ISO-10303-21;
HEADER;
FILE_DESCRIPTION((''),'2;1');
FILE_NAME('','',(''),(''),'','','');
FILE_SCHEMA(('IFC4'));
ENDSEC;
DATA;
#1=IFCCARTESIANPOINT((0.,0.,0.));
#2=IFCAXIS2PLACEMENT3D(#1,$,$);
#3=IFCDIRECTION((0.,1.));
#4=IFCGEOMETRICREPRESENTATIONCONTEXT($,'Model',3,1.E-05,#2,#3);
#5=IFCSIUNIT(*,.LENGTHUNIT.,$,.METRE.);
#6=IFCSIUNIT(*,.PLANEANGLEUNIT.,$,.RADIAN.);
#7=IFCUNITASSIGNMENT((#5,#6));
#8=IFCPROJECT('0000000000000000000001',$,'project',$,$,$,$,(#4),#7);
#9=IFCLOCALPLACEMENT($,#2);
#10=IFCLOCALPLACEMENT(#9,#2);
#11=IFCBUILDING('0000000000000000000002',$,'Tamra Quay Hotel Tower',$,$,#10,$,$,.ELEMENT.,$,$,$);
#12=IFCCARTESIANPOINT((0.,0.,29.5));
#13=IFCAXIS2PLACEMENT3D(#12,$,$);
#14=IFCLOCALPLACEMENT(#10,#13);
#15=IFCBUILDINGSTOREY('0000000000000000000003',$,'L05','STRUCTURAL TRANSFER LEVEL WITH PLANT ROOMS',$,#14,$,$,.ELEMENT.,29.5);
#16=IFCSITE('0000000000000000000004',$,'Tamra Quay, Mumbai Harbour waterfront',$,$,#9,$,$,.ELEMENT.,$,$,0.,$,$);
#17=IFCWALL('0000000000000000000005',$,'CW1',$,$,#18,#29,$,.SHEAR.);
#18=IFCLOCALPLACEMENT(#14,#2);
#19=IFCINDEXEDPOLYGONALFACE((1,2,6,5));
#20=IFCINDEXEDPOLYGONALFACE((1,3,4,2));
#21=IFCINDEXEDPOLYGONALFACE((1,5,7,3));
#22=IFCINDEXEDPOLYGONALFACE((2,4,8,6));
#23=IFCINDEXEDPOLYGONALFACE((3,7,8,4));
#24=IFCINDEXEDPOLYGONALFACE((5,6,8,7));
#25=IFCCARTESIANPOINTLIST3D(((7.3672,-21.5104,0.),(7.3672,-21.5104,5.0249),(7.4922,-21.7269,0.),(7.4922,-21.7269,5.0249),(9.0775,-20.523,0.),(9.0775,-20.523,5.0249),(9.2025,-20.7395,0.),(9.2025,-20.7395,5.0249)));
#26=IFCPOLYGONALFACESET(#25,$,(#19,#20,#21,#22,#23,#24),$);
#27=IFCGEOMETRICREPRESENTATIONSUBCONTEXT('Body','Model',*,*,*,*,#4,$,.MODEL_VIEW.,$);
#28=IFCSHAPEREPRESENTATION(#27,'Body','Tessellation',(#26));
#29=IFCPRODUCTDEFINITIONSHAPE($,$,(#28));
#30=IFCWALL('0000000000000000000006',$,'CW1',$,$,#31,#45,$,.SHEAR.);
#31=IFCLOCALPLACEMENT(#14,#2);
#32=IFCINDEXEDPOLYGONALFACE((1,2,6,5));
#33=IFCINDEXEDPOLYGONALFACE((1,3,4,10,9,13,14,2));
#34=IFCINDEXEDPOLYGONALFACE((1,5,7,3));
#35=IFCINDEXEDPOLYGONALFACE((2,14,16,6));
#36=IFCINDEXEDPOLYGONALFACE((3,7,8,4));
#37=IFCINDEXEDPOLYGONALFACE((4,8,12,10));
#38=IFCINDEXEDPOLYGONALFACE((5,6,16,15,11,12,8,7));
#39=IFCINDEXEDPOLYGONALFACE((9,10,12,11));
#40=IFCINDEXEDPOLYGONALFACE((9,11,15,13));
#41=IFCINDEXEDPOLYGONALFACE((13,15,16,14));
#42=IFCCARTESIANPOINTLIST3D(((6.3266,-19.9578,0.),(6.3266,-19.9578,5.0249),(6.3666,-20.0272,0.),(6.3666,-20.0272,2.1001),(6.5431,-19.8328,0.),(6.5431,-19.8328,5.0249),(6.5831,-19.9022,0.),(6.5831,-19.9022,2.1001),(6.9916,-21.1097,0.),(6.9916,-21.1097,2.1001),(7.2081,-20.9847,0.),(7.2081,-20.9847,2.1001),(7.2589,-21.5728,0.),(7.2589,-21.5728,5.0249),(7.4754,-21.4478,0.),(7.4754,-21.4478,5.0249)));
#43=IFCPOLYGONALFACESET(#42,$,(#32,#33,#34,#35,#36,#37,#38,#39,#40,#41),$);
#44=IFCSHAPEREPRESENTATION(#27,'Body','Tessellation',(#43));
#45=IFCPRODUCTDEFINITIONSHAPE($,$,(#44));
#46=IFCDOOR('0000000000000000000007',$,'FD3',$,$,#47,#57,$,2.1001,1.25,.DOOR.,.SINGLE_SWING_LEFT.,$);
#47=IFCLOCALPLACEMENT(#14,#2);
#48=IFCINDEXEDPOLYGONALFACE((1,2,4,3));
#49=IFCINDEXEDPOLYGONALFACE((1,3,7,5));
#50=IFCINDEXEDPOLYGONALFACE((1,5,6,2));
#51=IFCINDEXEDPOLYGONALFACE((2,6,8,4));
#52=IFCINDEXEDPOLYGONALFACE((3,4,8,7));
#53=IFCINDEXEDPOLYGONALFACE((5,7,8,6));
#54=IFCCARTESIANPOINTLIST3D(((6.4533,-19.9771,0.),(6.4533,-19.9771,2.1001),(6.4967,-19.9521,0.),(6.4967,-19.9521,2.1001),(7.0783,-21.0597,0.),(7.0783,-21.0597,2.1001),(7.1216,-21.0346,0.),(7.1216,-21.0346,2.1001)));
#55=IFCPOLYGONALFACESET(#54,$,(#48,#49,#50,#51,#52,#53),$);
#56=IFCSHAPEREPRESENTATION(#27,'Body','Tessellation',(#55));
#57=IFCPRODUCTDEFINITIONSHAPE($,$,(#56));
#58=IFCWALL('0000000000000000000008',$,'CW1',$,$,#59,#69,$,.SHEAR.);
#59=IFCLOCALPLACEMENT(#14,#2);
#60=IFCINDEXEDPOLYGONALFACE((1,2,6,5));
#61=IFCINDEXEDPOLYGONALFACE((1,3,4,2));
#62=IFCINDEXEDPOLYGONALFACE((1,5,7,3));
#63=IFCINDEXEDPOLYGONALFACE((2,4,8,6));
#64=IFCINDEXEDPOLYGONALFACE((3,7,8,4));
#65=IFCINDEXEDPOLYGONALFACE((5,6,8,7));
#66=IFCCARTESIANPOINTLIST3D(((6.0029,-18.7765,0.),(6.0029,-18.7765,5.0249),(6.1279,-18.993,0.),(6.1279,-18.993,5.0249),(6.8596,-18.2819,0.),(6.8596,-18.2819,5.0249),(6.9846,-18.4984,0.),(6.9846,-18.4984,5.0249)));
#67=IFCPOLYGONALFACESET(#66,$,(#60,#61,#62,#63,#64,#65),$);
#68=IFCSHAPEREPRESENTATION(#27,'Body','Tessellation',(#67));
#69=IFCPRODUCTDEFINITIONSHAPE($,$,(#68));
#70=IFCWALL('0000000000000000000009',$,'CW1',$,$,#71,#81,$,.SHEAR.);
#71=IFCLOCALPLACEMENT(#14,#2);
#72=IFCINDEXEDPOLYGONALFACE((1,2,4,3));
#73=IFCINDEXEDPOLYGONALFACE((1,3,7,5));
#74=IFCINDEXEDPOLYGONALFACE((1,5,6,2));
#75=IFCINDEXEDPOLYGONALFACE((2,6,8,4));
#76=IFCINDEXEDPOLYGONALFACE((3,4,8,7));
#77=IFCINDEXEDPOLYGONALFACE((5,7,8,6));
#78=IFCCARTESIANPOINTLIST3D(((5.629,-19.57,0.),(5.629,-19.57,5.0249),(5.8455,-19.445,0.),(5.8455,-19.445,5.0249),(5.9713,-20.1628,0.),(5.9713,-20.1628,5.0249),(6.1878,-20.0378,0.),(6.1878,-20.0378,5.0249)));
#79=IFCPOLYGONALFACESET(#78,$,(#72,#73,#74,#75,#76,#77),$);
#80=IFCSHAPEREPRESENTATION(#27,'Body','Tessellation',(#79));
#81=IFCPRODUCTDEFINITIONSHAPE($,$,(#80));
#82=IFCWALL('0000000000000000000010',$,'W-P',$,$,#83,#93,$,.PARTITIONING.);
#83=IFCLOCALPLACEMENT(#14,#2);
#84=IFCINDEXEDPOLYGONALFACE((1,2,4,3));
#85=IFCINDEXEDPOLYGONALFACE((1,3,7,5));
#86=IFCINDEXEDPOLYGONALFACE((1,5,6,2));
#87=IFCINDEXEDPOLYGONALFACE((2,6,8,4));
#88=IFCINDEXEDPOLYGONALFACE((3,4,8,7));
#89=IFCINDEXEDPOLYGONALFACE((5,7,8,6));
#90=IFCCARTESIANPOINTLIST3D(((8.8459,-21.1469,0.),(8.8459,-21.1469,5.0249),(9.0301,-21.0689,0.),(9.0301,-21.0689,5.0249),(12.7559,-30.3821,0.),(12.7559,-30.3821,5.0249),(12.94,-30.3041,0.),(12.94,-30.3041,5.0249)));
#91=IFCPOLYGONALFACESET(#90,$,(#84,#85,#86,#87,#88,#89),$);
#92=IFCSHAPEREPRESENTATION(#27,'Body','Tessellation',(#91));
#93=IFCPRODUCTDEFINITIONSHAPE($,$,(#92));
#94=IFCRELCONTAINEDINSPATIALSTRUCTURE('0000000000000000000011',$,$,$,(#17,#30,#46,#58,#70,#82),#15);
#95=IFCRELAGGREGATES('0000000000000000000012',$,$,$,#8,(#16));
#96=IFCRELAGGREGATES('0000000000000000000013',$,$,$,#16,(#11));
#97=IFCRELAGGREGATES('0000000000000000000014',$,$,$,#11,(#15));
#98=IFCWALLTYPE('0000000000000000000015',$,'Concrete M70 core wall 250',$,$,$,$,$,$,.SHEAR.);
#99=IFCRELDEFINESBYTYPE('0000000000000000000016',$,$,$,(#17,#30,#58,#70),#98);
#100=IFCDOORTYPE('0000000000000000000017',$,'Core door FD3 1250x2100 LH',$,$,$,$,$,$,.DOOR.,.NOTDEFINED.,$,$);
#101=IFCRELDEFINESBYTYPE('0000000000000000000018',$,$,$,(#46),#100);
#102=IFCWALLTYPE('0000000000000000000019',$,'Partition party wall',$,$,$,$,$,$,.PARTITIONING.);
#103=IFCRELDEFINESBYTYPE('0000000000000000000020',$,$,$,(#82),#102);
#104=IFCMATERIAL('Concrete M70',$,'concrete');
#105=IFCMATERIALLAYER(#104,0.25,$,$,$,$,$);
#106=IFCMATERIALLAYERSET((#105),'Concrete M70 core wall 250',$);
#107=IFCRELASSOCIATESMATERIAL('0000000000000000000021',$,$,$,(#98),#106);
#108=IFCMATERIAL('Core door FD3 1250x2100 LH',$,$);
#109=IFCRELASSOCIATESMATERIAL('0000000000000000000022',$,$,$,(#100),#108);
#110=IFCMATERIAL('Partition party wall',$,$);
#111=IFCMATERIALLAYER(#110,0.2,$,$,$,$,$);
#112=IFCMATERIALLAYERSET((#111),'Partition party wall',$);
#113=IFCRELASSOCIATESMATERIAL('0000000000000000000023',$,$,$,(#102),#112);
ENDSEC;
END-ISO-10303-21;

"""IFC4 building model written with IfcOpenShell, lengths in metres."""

from ifc_helpers import new_model, si_unit, direction, frame, frame_2d, origin, place, context, subcontext, project, spatial, rectangle, extrude, material, layer, layer_set, type_object, element, fill, save


model = new_model("IFC4")

# Units and contexts
model_context = context("Model", 3, precision=1e-05, world=origin(), true_north=direction((0.0, 1.0)))
body_context = subcontext(model_context, "Body", "Model", "MODEL_VIEW")
ifc_project = project(units=[si_unit("LENGTHUNIT", "METRE"), si_unit("PLANEANGLEUNIT", "RADIAN")], contexts=[model_context])

# Site, building, storey
site_placement = place(None, origin())
site = spatial("IfcSite", under=ifc_project, at=site_placement, Name="Tamra Quay, Mumbai Harbour waterfront", CompositionType="ELEMENT", RefElevation=0.0)
building_placement = place(site_placement, origin())
building = spatial("IfcBuilding", under=site, at=building_placement, Name="Tamra Quay Hotel Tower", CompositionType="ELEMENT")
storey_placement = place(building_placement, frame((0.0, 0.0, 29.5)))
storey = spatial("IfcBuildingStorey", under=building, at=storey_placement, Name="L05", Description="STRUCTURAL TRANSFER LEVEL WITH PLANT ROOMS", CompositionType="ELEMENT", Elevation=29.5)

# Shared definitions
ifc_material_1 = material(Name="Concrete M70", Category="concrete")

# Wall
ifc_layer_1 = layer(ifc_material_1, 0.25)
ifc_layer_set_1 = layer_set([ifc_layer_1], Name="Concrete M70 core wall 250")
wall_type_1 = type_object("IfcWallType", Name="Concrete M70 core wall 250", PredefinedType="SHEAR", material=ifc_layer_set_1)
wall_1_placement = place(storey_placement, frame((9.1399, -20.6313, 0.0), z_axis=(0.0, 0.0, 1.0), x_axis=(-0.866044, -0.499969, 0.0)))
element("IfcWall", 1, at=wall_1_placement, inside=storey, type_object=wall_type_1, Name="CW1", PredefinedType="SHEAR", context=body_context, shape_type="SweptSolid", body=[
    extrude(rectangle(XDim=1.9749, YDim=0.25, at=frame_2d((0.9873, 0.0))), origin(), (0.0, 0.0, 1.0), 5.0249),
])

# Wall, opening, door
wall_2_placement = place(storey_placement, frame((7.3672, -21.5103, 0.0), z_axis=(0.0, 0.0, 1.0), x_axis=(-0.499983, 0.866035, 0.0)))
wall_2 = element("IfcWall", 2, at=wall_2_placement, inside=storey, type_object=wall_type_1, Name="CW1", PredefinedType="SHEAR", context=body_context, shape_type="SweptSolid", body=[
    extrude(rectangle(XDim=1.8647, YDim=0.25, at=frame_2d((0.9324, 0.0))), origin(), (0.0, 0.0, 1.0), 5.0249),
])
opening_1_placement = place(wall_2_placement, frame((0.5347, 0.0, 0.0)))
opening_1 = element("IfcOpeningElement", 3, at=opening_1_placement, cuts=wall_2, PredefinedType="OPENING", context=body_context, shape_type="SweptSolid", body=[
    extrude(rectangle(XDim=1.25, YDim=2.1001, at=frame_2d((0.625, 1.05))), frame((0.0, 0.135, 0.0), z_axis=(0.0, -1.0, 0.0), x_axis=(1.0, 0.0, 0.0)), (0.0, 0.0, 1.0), 0.27),
])
ifc_material_2 = material(Name="Core door FD3 1250x2100 LH")
door_type_1 = type_object("IfcDoorType", Name="Core door FD3 1250x2100 LH", OperationType="NOTDEFINED", PredefinedType="DOOR", material=ifc_material_2)
door_1_placement = place(opening_1_placement, origin())
door_1 = element("IfcDoor", 4, at=door_1_placement, inside=storey, type_object=door_type_1, Name="FD3", OperationType="SINGLE_SWING_LEFT", OverallHeight=2.1001, OverallWidth=1.25, PredefinedType="DOOR", context=body_context, shape_type="SweptSolid", body=[
    extrude(rectangle(XDim=1.25, YDim=2.1001, at=frame_2d((0.625, 1.05))), frame((0.0, 0.0249, 0.0), z_axis=(0.0, -1.0, 0.0), x_axis=(1.0, 0.0, 0.0)), (0.0, 0.0, 1.0), 0.05),
])
fill(opening_1, door_1)

# Walls
wall_3_placement = place(storey_placement, frame((6.0654, -18.8848, 0.0), z_axis=(0.0, 0.0, 1.0), x_axis=(0.866017, 0.500014, 0.0)))
element("IfcWall", 5, at=wall_3_placement, inside=storey, type_object=wall_type_1, Name="CW1", PredefinedType="SHEAR", context=body_context, shape_type="SweptSolid", body=[
    extrude(rectangle(XDim=0.9893, YDim=0.25, at=frame_2d((0.4946, 0.0))), origin(), (0.0, 0.0, 1.0), 5.0249),
])
wall_4_placement = place(storey_placement, frame((6.0796, -20.1003, 0.0), z_axis=(0.0, 0.0, 1.0), x_axis=(-0.500052, 0.865996, 0.0)))
element("IfcWall", 6, at=wall_4_placement, inside=storey, type_object=wall_type_1, Name="CW1", PredefinedType="SHEAR", context=body_context, shape_type="SweptSolid", body=[
    extrude(rectangle(XDim=0.6846, YDim=0.25, at=frame_2d((0.3423, 0.0))), origin(), (0.0, 0.0, 1.0), 5.0249),
])
ifc_material_3 = material(Name="Partition party wall")
ifc_layer_2 = layer(ifc_material_3, 0.2)
ifc_layer_set_2 = layer_set([ifc_layer_2], Name="Partition party wall")
wall_type_2 = type_object("IfcWallType", Name="Partition party wall", PredefinedType="PARTITIONING", material=ifc_layer_set_2)
wall_5_placement = place(storey_placement, frame((8.938, -21.1079, 0.0), z_axis=(0.0, 0.0, 1.0), x_axis=(0.389873, -0.920869, 0.0)))
element("IfcWall", 7, at=wall_5_placement, inside=storey, type_object=wall_type_2, Name="W-P", PredefinedType="PARTITIONING", context=body_context, shape_type="SweptSolid", body=[
    extrude(rectangle(XDim=10.0288, YDim=0.2, at=frame_2d((5.0144, 0.0))), origin(), (0.0, 0.0, 1.0), 5.0249),
])

save(model, "model.ifc")
